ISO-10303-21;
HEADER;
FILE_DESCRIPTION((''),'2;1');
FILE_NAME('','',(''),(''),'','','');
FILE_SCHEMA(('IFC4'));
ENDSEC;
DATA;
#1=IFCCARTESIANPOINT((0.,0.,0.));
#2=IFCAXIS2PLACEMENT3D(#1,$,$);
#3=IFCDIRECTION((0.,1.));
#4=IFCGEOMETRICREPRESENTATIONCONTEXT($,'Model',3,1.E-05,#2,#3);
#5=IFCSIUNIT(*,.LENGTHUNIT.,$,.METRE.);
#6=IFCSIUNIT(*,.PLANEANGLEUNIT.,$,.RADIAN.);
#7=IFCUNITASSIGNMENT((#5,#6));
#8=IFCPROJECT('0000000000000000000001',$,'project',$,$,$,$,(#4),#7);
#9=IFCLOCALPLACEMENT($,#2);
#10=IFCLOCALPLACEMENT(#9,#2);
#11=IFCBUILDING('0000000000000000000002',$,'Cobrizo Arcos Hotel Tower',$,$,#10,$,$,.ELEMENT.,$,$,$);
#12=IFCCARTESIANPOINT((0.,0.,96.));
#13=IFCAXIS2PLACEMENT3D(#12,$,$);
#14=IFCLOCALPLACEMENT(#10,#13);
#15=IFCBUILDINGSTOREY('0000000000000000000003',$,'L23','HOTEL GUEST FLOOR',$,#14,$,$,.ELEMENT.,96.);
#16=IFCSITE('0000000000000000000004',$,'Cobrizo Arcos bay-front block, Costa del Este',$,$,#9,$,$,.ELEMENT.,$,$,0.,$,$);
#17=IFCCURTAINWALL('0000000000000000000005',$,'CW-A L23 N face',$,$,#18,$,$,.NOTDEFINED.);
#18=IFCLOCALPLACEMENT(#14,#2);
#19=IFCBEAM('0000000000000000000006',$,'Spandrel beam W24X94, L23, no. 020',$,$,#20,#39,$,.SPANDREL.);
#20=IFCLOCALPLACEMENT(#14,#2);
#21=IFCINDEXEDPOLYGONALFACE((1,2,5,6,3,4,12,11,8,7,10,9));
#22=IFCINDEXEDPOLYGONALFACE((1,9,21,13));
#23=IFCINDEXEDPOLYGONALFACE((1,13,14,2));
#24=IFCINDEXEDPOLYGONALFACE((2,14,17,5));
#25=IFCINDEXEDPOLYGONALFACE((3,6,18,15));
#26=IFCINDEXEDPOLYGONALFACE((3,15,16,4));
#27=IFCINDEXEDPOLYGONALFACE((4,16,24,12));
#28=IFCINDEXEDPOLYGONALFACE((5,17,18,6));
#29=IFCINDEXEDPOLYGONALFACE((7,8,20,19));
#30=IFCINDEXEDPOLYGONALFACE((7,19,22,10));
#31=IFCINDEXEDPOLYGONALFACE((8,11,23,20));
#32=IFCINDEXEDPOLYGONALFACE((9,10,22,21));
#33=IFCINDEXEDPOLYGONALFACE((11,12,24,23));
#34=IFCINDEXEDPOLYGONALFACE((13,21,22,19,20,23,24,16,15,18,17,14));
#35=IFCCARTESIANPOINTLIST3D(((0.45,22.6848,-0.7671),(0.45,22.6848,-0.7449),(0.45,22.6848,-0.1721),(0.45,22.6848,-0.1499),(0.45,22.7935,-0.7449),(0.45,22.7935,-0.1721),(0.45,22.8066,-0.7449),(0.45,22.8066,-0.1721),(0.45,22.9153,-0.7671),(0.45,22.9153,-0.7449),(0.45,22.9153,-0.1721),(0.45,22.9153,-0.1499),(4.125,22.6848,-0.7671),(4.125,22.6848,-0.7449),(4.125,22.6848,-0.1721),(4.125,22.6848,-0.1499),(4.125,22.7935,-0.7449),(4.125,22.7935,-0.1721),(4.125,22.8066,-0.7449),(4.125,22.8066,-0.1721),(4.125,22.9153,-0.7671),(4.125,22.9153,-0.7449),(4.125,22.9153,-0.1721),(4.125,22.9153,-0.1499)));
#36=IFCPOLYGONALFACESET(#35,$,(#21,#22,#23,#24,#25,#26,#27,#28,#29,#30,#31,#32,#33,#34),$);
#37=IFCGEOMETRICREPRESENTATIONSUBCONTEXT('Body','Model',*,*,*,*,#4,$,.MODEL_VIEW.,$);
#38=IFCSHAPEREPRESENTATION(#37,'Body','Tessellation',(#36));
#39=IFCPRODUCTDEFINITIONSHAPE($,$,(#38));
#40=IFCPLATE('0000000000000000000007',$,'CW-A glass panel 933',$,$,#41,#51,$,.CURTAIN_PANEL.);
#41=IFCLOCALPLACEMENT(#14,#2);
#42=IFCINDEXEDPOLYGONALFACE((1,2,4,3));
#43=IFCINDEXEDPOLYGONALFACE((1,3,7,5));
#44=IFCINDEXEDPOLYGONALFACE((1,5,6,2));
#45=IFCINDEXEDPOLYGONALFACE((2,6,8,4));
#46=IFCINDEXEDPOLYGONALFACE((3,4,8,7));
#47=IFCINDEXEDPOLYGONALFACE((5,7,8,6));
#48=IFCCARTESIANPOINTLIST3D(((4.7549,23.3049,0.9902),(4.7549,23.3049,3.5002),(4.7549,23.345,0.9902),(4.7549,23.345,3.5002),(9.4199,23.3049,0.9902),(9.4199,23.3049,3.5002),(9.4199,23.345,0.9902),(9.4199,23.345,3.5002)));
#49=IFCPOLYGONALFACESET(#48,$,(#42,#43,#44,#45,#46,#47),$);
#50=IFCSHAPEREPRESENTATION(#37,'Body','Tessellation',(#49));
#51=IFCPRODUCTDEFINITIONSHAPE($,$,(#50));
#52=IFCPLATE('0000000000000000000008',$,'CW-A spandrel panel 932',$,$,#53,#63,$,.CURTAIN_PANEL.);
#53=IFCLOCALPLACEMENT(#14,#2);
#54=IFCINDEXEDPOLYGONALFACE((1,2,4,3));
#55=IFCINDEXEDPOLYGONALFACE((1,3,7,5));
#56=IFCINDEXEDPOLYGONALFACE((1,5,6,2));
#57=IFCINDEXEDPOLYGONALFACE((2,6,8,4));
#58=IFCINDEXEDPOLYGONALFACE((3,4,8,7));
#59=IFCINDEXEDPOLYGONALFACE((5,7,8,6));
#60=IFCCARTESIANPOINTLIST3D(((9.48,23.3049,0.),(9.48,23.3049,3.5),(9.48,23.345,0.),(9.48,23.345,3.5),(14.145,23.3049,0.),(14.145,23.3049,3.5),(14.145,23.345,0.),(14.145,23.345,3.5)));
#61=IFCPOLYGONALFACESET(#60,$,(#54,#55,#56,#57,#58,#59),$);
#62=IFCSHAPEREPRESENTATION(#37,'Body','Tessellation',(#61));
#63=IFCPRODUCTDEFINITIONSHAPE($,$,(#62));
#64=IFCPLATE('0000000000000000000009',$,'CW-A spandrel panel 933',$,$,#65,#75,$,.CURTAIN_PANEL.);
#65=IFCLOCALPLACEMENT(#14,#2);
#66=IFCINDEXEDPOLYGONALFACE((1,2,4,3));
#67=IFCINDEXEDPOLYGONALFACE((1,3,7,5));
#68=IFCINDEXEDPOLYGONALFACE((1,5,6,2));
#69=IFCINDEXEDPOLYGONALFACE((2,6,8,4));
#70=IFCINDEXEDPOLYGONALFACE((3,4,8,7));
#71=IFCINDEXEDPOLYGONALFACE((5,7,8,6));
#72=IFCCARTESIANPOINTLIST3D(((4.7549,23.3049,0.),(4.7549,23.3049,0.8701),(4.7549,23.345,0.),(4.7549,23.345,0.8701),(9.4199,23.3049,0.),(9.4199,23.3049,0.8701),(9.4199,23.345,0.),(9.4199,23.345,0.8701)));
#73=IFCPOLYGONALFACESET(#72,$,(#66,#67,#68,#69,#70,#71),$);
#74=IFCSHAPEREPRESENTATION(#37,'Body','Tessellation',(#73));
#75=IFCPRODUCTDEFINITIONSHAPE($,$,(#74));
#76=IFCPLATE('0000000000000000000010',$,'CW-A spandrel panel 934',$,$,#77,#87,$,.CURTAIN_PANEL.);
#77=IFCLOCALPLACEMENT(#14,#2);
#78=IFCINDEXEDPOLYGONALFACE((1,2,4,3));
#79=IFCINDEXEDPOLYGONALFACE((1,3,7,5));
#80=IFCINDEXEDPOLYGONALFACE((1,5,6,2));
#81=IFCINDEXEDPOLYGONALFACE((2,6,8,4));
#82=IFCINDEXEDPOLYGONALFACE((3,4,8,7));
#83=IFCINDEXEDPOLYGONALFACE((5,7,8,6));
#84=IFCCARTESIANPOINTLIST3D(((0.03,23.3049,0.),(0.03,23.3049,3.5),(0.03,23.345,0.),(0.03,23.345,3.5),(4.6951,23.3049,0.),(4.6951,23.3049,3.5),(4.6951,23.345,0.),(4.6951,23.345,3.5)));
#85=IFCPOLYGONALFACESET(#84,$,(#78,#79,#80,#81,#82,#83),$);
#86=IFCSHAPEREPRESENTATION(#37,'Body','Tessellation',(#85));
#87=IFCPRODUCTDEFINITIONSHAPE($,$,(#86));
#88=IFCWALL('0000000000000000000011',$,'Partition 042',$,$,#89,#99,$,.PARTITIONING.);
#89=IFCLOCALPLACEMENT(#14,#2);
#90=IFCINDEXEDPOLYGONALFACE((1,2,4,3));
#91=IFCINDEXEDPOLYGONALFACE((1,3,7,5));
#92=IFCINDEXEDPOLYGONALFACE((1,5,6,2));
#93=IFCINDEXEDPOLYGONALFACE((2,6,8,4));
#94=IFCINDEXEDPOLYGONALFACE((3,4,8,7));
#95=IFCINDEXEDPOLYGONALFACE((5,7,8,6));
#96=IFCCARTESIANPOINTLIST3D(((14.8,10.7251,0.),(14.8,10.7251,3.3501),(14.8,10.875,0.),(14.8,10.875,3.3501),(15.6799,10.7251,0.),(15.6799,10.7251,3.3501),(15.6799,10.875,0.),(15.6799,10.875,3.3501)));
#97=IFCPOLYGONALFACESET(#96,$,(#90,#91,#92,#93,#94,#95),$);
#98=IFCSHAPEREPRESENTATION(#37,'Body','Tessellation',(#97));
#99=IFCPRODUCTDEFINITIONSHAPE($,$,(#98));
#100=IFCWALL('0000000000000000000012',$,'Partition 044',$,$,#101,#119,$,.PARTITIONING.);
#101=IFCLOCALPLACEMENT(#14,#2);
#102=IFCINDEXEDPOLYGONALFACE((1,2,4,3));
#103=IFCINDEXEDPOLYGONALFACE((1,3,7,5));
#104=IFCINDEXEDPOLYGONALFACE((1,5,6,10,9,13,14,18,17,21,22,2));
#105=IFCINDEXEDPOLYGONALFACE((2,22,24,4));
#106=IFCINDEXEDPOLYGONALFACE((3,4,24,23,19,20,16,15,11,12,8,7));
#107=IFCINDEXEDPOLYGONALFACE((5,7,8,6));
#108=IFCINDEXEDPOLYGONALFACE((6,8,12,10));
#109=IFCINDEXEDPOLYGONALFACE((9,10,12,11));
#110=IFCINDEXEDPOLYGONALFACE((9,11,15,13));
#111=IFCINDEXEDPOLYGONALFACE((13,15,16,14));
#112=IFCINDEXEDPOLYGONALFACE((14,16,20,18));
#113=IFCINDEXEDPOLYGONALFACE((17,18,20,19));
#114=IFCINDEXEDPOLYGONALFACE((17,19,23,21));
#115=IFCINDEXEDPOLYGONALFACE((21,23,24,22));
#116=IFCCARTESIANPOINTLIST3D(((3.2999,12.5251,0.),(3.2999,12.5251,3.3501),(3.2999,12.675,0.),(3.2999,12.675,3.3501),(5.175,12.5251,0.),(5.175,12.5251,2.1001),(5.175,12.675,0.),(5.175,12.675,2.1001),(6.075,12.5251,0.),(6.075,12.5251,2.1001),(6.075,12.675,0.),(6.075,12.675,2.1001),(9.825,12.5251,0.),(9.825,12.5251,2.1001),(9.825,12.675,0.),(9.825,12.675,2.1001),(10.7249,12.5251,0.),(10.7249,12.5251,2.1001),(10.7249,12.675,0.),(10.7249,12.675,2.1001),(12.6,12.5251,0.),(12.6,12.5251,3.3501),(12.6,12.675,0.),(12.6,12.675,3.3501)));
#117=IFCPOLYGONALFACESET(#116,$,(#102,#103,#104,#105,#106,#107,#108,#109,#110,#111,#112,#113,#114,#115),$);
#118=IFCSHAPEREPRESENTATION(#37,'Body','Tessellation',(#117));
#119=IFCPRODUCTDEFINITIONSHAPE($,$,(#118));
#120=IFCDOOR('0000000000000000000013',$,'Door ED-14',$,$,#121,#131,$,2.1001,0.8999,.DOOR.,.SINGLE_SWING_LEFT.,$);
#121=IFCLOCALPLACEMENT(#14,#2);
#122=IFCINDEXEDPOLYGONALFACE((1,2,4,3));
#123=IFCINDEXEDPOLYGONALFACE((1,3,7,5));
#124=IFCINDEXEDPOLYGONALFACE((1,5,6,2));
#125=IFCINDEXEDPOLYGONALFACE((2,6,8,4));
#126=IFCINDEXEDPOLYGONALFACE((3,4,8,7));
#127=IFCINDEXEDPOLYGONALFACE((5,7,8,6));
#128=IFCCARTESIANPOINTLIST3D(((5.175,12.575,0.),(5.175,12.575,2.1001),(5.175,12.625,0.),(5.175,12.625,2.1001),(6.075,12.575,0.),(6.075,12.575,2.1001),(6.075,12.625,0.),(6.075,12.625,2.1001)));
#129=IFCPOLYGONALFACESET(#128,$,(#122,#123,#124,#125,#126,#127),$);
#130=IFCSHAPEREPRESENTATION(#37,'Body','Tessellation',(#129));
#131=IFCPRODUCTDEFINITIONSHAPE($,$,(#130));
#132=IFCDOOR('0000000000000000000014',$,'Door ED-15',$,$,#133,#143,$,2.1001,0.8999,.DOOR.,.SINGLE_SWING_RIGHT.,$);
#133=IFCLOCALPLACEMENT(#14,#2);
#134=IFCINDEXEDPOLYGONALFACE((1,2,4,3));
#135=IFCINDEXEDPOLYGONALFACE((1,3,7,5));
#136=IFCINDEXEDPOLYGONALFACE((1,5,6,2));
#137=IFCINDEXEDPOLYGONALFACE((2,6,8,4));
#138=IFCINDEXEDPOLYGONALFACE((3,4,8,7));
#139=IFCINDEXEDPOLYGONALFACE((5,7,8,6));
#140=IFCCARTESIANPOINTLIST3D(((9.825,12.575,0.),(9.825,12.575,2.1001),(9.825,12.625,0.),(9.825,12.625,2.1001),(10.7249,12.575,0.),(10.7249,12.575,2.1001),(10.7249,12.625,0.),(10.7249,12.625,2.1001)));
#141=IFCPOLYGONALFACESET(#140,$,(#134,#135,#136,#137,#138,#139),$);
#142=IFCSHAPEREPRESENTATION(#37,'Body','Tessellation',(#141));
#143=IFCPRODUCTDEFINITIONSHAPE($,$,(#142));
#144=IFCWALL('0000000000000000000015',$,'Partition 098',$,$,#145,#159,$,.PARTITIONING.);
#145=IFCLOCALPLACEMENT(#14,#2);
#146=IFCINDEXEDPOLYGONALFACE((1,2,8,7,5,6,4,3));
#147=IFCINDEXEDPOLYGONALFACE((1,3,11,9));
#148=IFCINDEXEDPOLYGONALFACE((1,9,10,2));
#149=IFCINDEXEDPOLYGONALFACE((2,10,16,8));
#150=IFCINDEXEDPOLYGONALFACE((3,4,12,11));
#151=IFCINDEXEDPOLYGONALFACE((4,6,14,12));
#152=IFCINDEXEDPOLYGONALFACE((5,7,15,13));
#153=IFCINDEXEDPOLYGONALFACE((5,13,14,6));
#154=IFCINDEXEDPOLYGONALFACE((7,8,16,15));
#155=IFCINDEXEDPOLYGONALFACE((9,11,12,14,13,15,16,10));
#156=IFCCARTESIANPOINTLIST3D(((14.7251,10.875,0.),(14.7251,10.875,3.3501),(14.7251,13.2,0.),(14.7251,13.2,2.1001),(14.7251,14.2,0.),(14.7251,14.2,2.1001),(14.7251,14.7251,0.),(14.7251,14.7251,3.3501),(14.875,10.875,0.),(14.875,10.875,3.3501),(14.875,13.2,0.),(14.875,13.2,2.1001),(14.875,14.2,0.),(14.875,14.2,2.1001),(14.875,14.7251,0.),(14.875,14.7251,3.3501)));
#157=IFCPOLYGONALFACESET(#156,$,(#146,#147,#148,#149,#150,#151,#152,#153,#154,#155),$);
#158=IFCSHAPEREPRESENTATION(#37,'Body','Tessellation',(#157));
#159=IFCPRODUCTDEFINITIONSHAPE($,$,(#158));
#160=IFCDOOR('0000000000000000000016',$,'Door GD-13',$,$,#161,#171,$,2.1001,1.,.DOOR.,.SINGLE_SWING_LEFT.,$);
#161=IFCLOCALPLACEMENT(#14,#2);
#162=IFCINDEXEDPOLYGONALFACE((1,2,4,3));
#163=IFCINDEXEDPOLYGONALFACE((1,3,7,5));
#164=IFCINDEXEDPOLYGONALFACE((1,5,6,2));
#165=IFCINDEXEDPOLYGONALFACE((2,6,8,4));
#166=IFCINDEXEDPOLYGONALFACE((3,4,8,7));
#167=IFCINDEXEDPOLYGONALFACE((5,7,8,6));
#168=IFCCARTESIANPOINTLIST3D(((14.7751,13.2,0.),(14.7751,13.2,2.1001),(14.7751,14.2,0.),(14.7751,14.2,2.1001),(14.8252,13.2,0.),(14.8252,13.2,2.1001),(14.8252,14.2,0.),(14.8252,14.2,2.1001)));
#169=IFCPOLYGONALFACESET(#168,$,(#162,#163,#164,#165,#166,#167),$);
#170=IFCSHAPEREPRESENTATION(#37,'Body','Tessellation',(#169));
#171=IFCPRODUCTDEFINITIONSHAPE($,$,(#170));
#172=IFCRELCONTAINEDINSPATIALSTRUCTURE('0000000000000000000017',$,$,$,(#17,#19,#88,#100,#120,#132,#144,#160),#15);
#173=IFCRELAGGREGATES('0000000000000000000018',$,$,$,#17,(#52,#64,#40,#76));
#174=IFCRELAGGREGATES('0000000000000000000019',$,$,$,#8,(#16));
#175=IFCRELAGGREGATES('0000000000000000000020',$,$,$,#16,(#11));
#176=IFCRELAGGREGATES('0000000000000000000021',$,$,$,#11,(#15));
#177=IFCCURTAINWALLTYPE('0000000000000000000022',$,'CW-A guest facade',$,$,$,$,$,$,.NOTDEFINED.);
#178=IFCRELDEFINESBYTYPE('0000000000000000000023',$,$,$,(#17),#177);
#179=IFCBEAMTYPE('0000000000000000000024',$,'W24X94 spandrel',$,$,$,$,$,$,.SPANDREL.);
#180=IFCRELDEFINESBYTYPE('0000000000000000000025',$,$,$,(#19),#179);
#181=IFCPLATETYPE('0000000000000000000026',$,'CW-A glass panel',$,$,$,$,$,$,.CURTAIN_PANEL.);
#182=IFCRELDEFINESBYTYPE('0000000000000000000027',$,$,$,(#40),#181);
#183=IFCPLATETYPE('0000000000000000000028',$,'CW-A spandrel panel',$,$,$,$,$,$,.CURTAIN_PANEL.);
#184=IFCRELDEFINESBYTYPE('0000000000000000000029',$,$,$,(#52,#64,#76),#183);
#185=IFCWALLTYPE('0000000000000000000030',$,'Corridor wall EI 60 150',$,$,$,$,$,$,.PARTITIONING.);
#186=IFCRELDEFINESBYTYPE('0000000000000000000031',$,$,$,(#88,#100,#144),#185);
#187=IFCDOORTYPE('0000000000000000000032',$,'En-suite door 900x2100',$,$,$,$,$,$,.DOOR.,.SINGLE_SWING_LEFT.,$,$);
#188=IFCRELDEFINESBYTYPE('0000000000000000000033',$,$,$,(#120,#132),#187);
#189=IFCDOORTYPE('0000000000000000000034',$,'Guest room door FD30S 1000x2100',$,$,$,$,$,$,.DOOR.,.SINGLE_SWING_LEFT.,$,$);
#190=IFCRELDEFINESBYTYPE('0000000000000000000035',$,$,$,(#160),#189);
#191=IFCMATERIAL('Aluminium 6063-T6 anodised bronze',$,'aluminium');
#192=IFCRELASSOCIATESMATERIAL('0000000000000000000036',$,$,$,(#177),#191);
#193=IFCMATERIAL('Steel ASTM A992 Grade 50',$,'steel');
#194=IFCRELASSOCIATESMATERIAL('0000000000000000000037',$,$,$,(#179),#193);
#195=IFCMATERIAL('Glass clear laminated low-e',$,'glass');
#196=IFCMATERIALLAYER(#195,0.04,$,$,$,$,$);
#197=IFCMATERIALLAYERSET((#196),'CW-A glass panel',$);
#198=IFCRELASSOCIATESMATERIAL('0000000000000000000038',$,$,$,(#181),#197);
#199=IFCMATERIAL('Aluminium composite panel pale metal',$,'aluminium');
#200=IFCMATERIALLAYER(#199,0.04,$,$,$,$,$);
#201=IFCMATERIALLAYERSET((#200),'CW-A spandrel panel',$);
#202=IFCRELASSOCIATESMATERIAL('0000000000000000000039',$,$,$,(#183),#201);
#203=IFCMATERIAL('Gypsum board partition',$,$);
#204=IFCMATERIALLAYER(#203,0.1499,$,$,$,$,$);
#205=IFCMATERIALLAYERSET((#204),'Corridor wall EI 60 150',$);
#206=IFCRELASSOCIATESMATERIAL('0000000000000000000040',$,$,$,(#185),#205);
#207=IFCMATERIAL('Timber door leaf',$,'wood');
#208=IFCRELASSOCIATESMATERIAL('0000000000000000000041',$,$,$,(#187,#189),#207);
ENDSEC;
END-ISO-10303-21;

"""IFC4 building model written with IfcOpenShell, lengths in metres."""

from ifc_helpers import new_model, si_unit, direction, frame, frame_2d, origin, origin_2d, place, context, subcontext, project, spatial, rectangle, i_section, extrude, material, layer, layer_set, material_profile, profile_set, type_object, element, fill, aggregate, save


model = new_model("IFC4")

# Units and contexts
model_context = context("Model", 3, precision=1e-05, world=origin(), true_north=direction((0.0, 1.0)))
body_context = subcontext(model_context, "Body", "Model", "MODEL_VIEW")
ifc_project = project(units=[si_unit("LENGTHUNIT", "METRE"), si_unit("PLANEANGLEUNIT", "RADIAN")], contexts=[model_context])

# Site, building, storey
site_placement = place(None, origin())
site = spatial("IfcSite", under=ifc_project, at=site_placement, Name="Cobrizo Arcos bay-front block, Costa del Este", CompositionType="ELEMENT", RefElevation=0.0)
building_placement = place(site_placement, origin())
building = spatial("IfcBuilding", under=site, at=building_placement, Name="Cobrizo Arcos Hotel Tower", CompositionType="ELEMENT")
storey_placement = place(building_placement, frame((0.0, 0.0, 96.0)))
storey = spatial("IfcBuildingStorey", under=building, at=storey_placement, Name="L23", Description="HOTEL GUEST FLOOR", CompositionType="ELEMENT", Elevation=96.0)

# Curtain wall
ifc_material_1 = material(Name="Aluminium 6063-T6 anodised bronze", Category="aluminium")
curtain_wall_type = type_object("IfcCurtainWallType", Name="CW-A guest facade", PredefinedType="NOTDEFINED", material=ifc_material_1)
curtain_wall_placement = place(storey_placement, origin())
curtain_wall = element("IfcCurtainWall", 1, at=curtain_wall_placement, inside=storey, type_object=curtain_wall_type, Name="CW-A L23 N face", PredefinedType="NOTDEFINED")

# Beam
ifc_material_2 = material(Name="Steel ASTM A992 Grade 50", Category="steel")
ifc_material_profile_1 = material_profile(ifc_material_2, i_section(OverallWidth=0.2305, OverallDepth=0.6172, WebThickness=0.0132, FlangeThickness=0.0222, at=origin_2d()), Name="W24X94")
ifc_profile_set_1 = profile_set([ifc_material_profile_1], Name="Steel ASTM A992 Grade 50")
beam_type_1 = type_object("IfcBeamType", Name="W24X94 spandrel", PredefinedType="SPANDREL", material=ifc_profile_set_1)
for number, where, z_axis, x_axis, name in (
    (2, (4.125, 22.8, -0.4585), (-1.0, 0.0, 0.0), (0.0, -1.0, 0.0), "Spandrel beam W24X94, L23, no. 020"),
):
    element("IfcBeam", number, at=place(storey_placement, frame(where, z_axis=z_axis, x_axis=x_axis)), inside=storey, type_object=beam_type_1, Name=name, PredefinedType="SPANDREL", context=body_context, shape_type="SweptSolid", body=[
        extrude(i_section(OverallWidth=0.2305, OverallDepth=0.6172, WebThickness=0.0132, FlangeThickness=0.0222, at=origin_2d()), origin(), (0.0, 0.0, 1.0), 3.675),
    ])

# Plates
ifc_material_3 = material(Name="Glass clear laminated low-e", Category="glass")
ifc_layer_1 = layer(ifc_material_3, 0.04)
ifc_layer_set_1 = layer_set([ifc_layer_1], Name="CW-A glass panel")
plate_type_1 = type_object("IfcPlateType", Name="CW-A glass panel", PredefinedType="CURTAIN_PANEL", material=ifc_layer_set_1)
plate_1_placement = place(storey_placement, frame((7.0874, 23.325, 0.9902), z_axis=(0.0, 0.0, 1.0), x_axis=(-1.0, 0.0, 0.0)))
plate_1 = element("IfcPlate", 3, at=plate_1_placement, type_object=plate_type_1, Name="CW-A glass panel 933", PredefinedType="CURTAIN_PANEL", context=body_context, shape_type="SweptSolid", body=[
    extrude(rectangle(XDim=4.665, YDim=0.04, at=origin_2d()), origin(), (0.0, 0.0, 1.0), 2.51),
])
ifc_material_4 = material(Name="Aluminium composite panel pale metal", Category="aluminium")
ifc_layer_2 = layer(ifc_material_4, 0.04)
ifc_layer_set_2 = layer_set([ifc_layer_2], Name="CW-A spandrel panel")
plate_type_2 = type_object("IfcPlateType", Name="CW-A spandrel panel", PredefinedType="CURTAIN_PANEL", material=ifc_layer_set_2)
plate_2_placement = place(storey_placement, frame((11.8125, 23.325, 0.0), z_axis=(0.0, 0.0, 1.0), x_axis=(-1.0, 0.0, 0.0)))
plate_2 = element("IfcPlate", 4, at=plate_2_placement, type_object=plate_type_2, Name="CW-A spandrel panel 932", PredefinedType="CURTAIN_PANEL", context=body_context, shape_type="SweptSolid", body=[
    extrude(rectangle(XDim=4.665, YDim=0.04, at=origin_2d()), origin(), (0.0, 0.0, 1.0), 3.5),
])
plate_3_placement = place(storey_placement, frame((7.0874, 23.325, 0.0), z_axis=(0.0, 0.0, 1.0), x_axis=(-1.0, 0.0, 0.0)))
plate_3 = element("IfcPlate", 5, at=plate_3_placement, type_object=plate_type_2, Name="CW-A spandrel panel 933", PredefinedType="CURTAIN_PANEL", context=body_context, shape_type="SweptSolid", body=[
    extrude(rectangle(XDim=4.665, YDim=0.04, at=origin_2d()), origin(), (0.0, 0.0, 1.0), 0.8701),
])
plate_4_placement = place(storey_placement, frame((2.3625, 23.325, 0.0), z_axis=(0.0, 0.0, 1.0), x_axis=(-1.0, 0.0, 0.0)))
plate_4 = element("IfcPlate", 6, at=plate_4_placement, type_object=plate_type_2, Name="CW-A spandrel panel 934", PredefinedType="CURTAIN_PANEL", context=body_context, shape_type="SweptSolid", body=[
    extrude(rectangle(XDim=4.665, YDim=0.04, at=origin_2d()), origin(), (0.0, 0.0, 1.0), 3.5),
])
aggregate(curtain_wall, [plate_2, plate_3, plate_1, plate_4])

# Wall
ifc_material_5 = material(Name="Gypsum board partition")
ifc_layer_3 = layer(ifc_material_5, 0.1499)
ifc_layer_set_3 = layer_set([ifc_layer_3], Name="Corridor wall EI 60 150")
wall_type_1 = type_object("IfcWallType", Name="Corridor wall EI 60 150", PredefinedType="PARTITIONING", material=ifc_layer_set_3)
wall_1_placement = place(storey_placement, frame((14.8, 10.8, 0.0), z_axis=(0.0, 0.0, 1.0), x_axis=(1.0, 0.0, 0.0)))
element("IfcWall", 7, at=wall_1_placement, inside=storey, type_object=wall_type_1, Name="Partition 042", PredefinedType="PARTITIONING", context=body_context, shape_type="SweptSolid", body=[
    extrude(rectangle(XDim=0.8799, YDim=0.1499, at=frame_2d((0.4399, 0.0))), origin(), (0.0, 0.0, 1.0), 3.3501),
])

# Wall, openings, doors
wall_2_placement = place(storey_placement, frame((3.3, 12.6001, 0.0), z_axis=(0.0, 0.0, 1.0), x_axis=(1.0, 0.0, 0.0)))
wall_2 = element("IfcWall", 8, at=wall_2_placement, inside=storey, type_object=wall_type_1, Name="Partition 044", PredefinedType="PARTITIONING", context=body_context, shape_type="SweptSolid", body=[
    extrude(rectangle(XDim=9.3, YDim=0.1499, at=frame_2d((4.6499, 0.0))), origin(), (0.0, 0.0, 1.0), 3.3501),
])
opening_1_placement = place(wall_2_placement, frame((1.875, 0.0, 0.0)))
opening_1 = element("IfcOpeningElement", 9, at=opening_1_placement, cuts=wall_2, PredefinedType="OPENING", context=body_context, shape_type="SweptSolid", body=[
    extrude(rectangle(XDim=0.8999, YDim=2.1001, at=frame_2d((0.45, 1.05))), frame((0.0, 0.0869, 0.0), z_axis=(0.0, -1.0, 0.0), x_axis=(1.0, 0.0, 0.0)), (0.0, 0.0, 1.0), 0.1738),
])
opening_2_placement = place(wall_2_placement, frame((6.5249, 0.0, 0.0)))
opening_2 = element("IfcOpeningElement", 10, at=opening_2_placement, cuts=wall_2, PredefinedType="OPENING", context=body_context, shape_type="SweptSolid", body=[
    extrude(rectangle(XDim=0.8999, YDim=2.1001, at=frame_2d((0.45, 1.05))), frame((0.0, 0.0869, 0.0), z_axis=(0.0, -1.0, 0.0), x_axis=(1.0, 0.0, 0.0)), (0.0, 0.0, 1.0), 0.1738),
])
ifc_material_6 = material(Name="Timber door leaf", Category="wood")
door_type_1 = type_object("IfcDoorType", Name="En-suite door 900x2100", OperationType="SINGLE_SWING_LEFT", PredefinedType="DOOR", material=ifc_material_6)
door_1_placement = place(opening_1_placement, origin())
door_1 = element("IfcDoor", 11, at=door_1_placement, inside=storey, type_object=door_type_1, Name="Door ED-14", OperationType="SINGLE_SWING_LEFT", OverallHeight=2.1001, OverallWidth=0.8999, PredefinedType="DOOR", context=body_context, shape_type="SweptSolid", body=[
    extrude(rectangle(XDim=0.8999, YDim=2.1001, at=frame_2d((0.45, 1.05))), frame((0.0, 0.0249, 0.0), z_axis=(0.0, -1.0, 0.0), x_axis=(1.0, 0.0, 0.0)), (0.0, 0.0, 1.0), 0.05),
])
fill(opening_1, door_1)
door_2_placement = place(opening_2_placement, origin())
door_2 = element("IfcDoor", 12, at=door_2_placement, inside=storey, type_object=door_type_1, Name="Door ED-15", OperationType="SINGLE_SWING_RIGHT", OverallHeight=2.1001, OverallWidth=0.8999, PredefinedType="DOOR", context=body_context, shape_type="SweptSolid", body=[
    extrude(rectangle(XDim=0.8999, YDim=2.1001, at=frame_2d((0.45, 1.05))), frame((0.0, 0.0249, 0.0), z_axis=(0.0, -1.0, 0.0), x_axis=(1.0, 0.0, 0.0)), (0.0, 0.0, 1.0), 0.05),
])
fill(opening_2, door_2)

# Wall, opening, door
wall_3_placement = place(storey_placement, frame((14.8, 10.875, 0.0), z_axis=(0.0, 0.0, 1.0), x_axis=(0.0, 1.0, 0.0)))
wall_3 = element("IfcWall", 13, at=wall_3_placement, inside=storey, type_object=wall_type_1, Name="Partition 098", PredefinedType="PARTITIONING", context=body_context, shape_type="SweptSolid", body=[
    extrude(rectangle(XDim=3.8501, YDim=0.1499, at=frame_2d((1.925, 0.0))), origin(), (0.0, 0.0, 1.0), 3.3501),
])
opening_3_placement = place(wall_3_placement, frame((2.325, 0.0, 0.0)))
opening_3 = element("IfcOpeningElement", 14, at=opening_3_placement, cuts=wall_3, PredefinedType="OPENING", context=body_context, shape_type="SweptSolid", body=[
    extrude(rectangle(XDim=1.0, YDim=2.1001, at=frame_2d((0.5, 1.05))), frame((0.0, 0.0869, 0.0), z_axis=(0.0, -1.0, 0.0), x_axis=(1.0, 0.0, 0.0)), (0.0, 0.0, 1.0), 0.1738),
])
door_type_2 = type_object("IfcDoorType", Name="Guest room door FD30S 1000x2100", OperationType="SINGLE_SWING_LEFT", PredefinedType="DOOR", material=ifc_material_6)
door_3_placement = place(opening_3_placement, origin())
door_3 = element("IfcDoor", 15, at=door_3_placement, inside=storey, type_object=door_type_2, Name="Door GD-13", OperationType="SINGLE_SWING_LEFT", OverallHeight=2.1001, OverallWidth=1.0, PredefinedType="DOOR", context=body_context, shape_type="SweptSolid", body=[
    extrude(rectangle(XDim=1.0, YDim=2.1001, at=frame_2d((0.5, 1.05))), frame((0.0, 0.0249, 0.0), z_axis=(0.0, -1.0, 0.0), x_axis=(1.0, 0.0, 0.0)), (0.0, 0.0, 1.0), 0.05),
])
fill(opening_3, door_3)

save(model, "model.ifc")
